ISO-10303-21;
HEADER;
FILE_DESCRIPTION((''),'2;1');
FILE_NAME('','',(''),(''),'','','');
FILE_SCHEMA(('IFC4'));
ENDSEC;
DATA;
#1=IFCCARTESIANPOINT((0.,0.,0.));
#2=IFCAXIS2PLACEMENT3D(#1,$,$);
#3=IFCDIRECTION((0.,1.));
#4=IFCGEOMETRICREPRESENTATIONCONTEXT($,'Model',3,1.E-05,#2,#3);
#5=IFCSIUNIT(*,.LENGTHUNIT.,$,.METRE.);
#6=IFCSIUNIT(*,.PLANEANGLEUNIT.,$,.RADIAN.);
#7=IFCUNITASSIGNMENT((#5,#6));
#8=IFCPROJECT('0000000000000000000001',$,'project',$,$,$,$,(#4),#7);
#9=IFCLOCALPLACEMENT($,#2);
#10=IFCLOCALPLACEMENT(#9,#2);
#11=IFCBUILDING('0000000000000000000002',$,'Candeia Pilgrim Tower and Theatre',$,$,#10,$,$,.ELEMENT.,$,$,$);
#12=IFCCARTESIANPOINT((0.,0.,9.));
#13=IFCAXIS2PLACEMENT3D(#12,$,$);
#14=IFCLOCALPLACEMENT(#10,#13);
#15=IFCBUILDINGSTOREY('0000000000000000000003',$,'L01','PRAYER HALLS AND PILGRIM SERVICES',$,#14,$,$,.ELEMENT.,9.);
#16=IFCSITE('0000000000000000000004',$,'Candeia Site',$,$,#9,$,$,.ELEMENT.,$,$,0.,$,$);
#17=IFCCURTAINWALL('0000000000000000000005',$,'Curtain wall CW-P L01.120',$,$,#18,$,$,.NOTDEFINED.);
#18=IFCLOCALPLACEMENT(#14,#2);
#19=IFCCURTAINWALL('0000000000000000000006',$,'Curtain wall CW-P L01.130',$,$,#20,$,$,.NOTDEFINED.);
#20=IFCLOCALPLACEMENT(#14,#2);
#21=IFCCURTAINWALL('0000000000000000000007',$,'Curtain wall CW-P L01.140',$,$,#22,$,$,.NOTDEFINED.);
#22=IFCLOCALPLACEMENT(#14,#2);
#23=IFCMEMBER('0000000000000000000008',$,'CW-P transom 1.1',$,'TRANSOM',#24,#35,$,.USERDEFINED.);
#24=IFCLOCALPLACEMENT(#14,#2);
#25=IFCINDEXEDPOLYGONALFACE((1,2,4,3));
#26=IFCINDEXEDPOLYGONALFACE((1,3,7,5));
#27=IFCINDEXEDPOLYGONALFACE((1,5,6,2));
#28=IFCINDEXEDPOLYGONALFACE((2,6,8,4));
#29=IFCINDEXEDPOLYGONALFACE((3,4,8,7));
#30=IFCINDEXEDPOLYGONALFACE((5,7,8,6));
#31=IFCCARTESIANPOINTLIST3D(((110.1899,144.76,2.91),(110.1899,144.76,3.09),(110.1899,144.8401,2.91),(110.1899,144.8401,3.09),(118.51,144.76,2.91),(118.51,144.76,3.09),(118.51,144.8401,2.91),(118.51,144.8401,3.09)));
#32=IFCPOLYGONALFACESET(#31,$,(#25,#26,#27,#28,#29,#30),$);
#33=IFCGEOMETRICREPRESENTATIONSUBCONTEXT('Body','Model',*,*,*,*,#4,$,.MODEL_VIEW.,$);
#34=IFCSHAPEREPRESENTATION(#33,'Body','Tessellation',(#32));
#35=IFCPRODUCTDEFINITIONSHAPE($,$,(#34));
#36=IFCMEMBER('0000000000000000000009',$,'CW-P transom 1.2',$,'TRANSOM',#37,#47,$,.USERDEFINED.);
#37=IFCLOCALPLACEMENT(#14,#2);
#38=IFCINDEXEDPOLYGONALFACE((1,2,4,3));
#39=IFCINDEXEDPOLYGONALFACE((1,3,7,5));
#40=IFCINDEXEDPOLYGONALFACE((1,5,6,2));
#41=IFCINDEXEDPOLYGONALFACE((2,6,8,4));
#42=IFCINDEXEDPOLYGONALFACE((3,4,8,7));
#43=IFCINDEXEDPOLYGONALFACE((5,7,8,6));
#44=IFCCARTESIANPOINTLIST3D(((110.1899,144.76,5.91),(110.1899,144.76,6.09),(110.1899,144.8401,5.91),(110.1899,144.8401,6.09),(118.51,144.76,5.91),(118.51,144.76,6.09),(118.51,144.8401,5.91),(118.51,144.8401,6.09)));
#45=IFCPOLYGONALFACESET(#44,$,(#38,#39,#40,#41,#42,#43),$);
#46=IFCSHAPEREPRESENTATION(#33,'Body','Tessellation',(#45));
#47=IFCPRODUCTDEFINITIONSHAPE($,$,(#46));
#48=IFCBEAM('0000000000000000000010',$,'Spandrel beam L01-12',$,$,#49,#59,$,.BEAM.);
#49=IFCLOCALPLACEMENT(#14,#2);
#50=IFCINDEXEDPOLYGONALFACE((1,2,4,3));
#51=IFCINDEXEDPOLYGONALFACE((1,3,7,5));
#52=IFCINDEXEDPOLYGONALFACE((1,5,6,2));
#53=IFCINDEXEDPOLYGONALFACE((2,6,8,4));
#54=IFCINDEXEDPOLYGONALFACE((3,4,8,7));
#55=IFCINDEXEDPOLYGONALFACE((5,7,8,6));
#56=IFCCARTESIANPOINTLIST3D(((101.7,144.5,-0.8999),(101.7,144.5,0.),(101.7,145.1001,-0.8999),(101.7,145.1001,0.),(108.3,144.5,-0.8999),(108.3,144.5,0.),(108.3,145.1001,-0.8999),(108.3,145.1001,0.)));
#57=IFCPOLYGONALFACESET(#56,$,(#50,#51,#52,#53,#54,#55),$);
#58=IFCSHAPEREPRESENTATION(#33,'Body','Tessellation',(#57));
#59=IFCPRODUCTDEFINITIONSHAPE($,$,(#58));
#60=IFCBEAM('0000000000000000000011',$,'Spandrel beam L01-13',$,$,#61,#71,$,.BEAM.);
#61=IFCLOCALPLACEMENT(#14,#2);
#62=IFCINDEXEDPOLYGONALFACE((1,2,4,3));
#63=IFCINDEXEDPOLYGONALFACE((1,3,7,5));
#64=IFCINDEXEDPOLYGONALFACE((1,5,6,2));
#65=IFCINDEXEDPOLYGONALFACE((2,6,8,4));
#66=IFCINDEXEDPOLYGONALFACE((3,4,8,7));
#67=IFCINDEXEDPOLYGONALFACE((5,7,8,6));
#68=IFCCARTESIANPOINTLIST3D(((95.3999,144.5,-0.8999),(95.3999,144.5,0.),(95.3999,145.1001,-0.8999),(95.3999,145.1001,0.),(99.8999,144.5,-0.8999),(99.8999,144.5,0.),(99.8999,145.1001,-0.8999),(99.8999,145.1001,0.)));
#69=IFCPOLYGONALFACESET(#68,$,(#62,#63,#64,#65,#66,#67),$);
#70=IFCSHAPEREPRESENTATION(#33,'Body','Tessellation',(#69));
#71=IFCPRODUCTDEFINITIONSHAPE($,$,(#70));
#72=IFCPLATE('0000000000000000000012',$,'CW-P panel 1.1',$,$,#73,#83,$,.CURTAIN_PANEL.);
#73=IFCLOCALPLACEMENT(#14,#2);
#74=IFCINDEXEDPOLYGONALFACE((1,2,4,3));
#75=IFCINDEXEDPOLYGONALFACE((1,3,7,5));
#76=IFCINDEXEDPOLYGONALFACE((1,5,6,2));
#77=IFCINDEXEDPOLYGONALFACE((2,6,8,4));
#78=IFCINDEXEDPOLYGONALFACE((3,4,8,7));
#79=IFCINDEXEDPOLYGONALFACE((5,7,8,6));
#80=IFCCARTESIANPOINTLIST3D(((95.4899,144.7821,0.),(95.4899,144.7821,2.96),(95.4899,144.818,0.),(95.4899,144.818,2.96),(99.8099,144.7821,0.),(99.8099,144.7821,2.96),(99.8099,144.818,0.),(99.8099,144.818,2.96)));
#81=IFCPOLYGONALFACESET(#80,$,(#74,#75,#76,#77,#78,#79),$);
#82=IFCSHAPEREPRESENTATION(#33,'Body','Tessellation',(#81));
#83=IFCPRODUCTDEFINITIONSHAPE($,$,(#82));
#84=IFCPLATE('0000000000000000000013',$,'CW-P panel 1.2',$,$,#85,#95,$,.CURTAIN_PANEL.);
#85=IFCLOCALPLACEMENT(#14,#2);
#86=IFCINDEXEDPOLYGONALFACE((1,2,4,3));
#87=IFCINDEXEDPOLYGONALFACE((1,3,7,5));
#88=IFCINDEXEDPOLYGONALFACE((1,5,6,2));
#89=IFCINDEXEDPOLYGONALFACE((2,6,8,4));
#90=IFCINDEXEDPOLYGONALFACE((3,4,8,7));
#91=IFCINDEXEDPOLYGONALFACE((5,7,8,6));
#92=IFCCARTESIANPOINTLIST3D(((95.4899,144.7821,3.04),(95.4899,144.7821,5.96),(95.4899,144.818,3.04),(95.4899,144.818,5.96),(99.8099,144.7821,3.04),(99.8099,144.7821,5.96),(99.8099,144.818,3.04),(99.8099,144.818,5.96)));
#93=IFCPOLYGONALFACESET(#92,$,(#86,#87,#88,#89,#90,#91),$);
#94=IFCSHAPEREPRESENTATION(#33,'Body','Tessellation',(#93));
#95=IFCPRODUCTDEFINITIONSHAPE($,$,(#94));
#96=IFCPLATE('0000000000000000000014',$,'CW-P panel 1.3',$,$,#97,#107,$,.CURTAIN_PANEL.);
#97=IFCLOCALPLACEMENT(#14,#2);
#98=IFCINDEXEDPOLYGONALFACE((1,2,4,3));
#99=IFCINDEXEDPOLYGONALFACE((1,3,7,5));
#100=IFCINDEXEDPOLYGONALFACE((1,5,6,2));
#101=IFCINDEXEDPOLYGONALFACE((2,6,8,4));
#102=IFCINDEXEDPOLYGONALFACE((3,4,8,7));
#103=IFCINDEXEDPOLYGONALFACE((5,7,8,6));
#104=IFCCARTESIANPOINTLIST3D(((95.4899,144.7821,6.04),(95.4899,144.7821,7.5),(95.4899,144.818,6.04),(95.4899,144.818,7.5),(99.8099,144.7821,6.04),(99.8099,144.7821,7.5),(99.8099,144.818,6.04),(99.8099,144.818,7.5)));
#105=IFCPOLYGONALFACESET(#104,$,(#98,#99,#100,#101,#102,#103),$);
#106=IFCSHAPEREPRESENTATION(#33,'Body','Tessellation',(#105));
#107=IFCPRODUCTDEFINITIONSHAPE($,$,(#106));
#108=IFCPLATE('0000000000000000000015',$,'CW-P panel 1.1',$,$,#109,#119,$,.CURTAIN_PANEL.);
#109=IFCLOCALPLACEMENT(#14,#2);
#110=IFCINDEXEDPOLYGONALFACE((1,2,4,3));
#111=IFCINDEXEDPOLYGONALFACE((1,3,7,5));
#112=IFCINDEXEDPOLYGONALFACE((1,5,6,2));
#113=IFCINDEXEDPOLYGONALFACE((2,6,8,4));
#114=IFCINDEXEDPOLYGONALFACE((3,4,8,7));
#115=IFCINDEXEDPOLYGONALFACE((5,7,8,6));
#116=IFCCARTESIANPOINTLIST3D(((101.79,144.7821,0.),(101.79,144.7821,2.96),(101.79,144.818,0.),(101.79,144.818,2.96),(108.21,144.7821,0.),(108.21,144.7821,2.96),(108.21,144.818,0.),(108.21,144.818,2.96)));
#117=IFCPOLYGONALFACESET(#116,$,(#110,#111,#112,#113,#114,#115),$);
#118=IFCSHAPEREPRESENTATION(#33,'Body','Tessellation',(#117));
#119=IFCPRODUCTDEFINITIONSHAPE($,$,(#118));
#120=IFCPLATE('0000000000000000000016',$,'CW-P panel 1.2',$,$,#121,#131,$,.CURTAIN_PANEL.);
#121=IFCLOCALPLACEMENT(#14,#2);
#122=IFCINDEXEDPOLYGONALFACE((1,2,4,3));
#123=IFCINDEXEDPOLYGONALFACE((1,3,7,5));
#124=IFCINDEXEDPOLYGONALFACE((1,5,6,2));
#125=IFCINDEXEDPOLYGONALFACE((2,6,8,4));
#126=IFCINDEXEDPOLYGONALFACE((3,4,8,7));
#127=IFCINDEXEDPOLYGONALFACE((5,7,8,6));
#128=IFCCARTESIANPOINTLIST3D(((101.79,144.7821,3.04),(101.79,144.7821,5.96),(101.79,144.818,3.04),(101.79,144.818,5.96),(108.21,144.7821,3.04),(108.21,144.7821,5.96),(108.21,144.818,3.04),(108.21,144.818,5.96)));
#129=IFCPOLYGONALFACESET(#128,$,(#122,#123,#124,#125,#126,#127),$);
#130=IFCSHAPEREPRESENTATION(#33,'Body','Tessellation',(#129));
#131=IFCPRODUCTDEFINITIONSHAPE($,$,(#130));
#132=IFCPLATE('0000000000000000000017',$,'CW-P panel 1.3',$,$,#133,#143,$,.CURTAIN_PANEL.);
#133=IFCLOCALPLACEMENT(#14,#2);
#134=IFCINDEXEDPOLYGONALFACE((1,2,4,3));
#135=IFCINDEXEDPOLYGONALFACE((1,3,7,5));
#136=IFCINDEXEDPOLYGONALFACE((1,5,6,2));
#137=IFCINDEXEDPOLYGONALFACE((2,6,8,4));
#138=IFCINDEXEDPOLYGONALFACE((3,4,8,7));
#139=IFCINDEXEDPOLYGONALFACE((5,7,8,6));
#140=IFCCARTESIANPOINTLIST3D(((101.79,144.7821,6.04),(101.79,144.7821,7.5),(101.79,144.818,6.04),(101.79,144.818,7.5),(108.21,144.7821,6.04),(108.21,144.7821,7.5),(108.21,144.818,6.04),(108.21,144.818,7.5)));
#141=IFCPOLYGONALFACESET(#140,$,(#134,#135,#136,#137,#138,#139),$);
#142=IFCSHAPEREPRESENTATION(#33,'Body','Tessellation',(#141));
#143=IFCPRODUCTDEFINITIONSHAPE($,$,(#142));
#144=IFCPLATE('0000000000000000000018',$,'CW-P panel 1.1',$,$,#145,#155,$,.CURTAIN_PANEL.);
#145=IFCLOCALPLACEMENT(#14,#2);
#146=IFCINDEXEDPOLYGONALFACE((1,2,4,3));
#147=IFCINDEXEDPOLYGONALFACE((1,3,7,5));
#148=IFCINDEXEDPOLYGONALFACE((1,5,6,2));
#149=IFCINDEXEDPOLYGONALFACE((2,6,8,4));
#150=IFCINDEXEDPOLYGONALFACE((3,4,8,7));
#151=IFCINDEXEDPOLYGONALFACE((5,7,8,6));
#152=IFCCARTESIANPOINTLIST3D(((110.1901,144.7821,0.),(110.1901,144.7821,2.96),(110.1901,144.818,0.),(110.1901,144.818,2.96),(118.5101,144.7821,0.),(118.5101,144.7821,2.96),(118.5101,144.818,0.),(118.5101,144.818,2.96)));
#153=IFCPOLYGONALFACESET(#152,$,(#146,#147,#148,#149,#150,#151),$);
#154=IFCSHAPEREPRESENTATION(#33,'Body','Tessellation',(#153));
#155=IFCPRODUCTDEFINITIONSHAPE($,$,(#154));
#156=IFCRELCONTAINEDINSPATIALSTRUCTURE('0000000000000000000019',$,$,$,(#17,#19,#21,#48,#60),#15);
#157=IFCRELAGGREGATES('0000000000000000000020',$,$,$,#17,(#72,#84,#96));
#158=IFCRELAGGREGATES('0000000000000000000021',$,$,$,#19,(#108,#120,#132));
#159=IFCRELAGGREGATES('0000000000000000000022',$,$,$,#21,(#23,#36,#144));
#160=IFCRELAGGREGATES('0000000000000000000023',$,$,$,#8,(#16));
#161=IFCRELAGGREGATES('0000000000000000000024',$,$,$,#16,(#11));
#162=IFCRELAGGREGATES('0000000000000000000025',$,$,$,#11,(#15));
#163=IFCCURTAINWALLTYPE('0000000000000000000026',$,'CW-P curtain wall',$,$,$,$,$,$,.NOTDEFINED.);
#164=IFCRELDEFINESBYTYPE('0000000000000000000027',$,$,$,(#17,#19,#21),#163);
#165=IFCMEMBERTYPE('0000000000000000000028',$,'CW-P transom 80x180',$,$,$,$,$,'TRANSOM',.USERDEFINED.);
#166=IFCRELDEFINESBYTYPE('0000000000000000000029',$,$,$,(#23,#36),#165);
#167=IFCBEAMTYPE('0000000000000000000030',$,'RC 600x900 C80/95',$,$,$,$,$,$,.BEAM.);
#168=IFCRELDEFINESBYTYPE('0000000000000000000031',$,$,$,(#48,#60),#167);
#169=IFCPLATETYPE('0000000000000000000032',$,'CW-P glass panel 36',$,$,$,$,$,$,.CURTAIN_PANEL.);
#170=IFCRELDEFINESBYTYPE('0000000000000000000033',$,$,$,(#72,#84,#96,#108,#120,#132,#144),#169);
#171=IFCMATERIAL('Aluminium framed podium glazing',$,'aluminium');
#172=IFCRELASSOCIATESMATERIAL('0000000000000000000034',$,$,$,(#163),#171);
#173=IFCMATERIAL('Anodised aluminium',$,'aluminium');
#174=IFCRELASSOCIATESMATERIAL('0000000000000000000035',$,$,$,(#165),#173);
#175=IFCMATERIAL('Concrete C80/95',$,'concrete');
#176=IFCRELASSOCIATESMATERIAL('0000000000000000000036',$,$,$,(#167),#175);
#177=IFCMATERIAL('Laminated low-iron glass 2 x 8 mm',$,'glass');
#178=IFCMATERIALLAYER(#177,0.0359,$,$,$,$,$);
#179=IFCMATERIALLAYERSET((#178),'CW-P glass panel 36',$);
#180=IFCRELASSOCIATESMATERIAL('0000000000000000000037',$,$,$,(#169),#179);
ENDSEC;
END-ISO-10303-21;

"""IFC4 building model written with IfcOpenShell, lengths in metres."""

from ifc_helpers import new_model, si_unit, direction, frame, origin, origin_2d, place, context, subcontext, project, spatial, rectangle, extrude, material, layer, layer_set, material_profile, profile_set, type_object, element, aggregate, save


model = new_model("IFC4")

# Units and contexts
model_context = context("Model", 3, precision=1e-05, world=origin(), true_north=direction((0.0, 1.0)))
body_context = subcontext(model_context, "Body", "Model", "MODEL_VIEW")
ifc_project = project(units=[si_unit("LENGTHUNIT", "METRE"), si_unit("PLANEANGLEUNIT", "RADIAN")], contexts=[model_context])

# Site, building, storey
site_placement = place(None, origin())
site = spatial("IfcSite", under=ifc_project, at=site_placement, Name="Candeia Site", CompositionType="ELEMENT", RefElevation=0.0)
building_placement = place(site_placement, origin())
building = spatial("IfcBuilding", under=site, at=building_placement, Name="Candeia Pilgrim Tower and Theatre", CompositionType="ELEMENT")
storey_placement = place(building_placement, frame((0.0, 0.0, 9.0)))
storey = spatial("IfcBuildingStorey", under=building, at=storey_placement, Name="L01", Description="PRAYER HALLS AND PILGRIM SERVICES", CompositionType="ELEMENT", Elevation=9.0)

# Shared definitions
ifc_material_1 = material(Name="Concrete C80/95", Category="concrete")

# Curtain wall
ifc_material_2 = material(Name="Aluminium framed podium glazing", Category="aluminium")
curtain_wall_type = type_object("IfcCurtainWallType", Name="CW-P curtain wall", PredefinedType="NOTDEFINED", material=ifc_material_2)
curtain_wall_1_placement = place(storey_placement, origin())
curtain_wall_1 = element("IfcCurtainWall", 1, at=curtain_wall_1_placement, inside=storey, type_object=curtain_wall_type, Name="Curtain wall CW-P L01.120", PredefinedType="NOTDEFINED")
ifc_material_3 = material(Name="Anodised aluminium", Category="aluminium")

# Curtain wall
curtain_wall_2_placement = place(storey_placement, origin())
curtain_wall_2 = element("IfcCurtainWall", 2, at=curtain_wall_2_placement, inside=storey, type_object=curtain_wall_type, Name="Curtain wall CW-P L01.130", PredefinedType="NOTDEFINED")

# Curtain wall
curtain_wall_3_placement = place(storey_placement, origin())
curtain_wall_3 = element("IfcCurtainWall", 3, at=curtain_wall_3_placement, inside=storey, type_object=curtain_wall_type, Name="Curtain wall CW-P L01.140", PredefinedType="NOTDEFINED")

# Members
ifc_material_profile_1 = material_profile(ifc_material_3, rectangle(XDim=0.0801, YDim=0.1799, at=origin_2d()))
ifc_profile_set_1 = profile_set([ifc_material_profile_1], Name="Anodised aluminium")
member_type_1 = type_object("IfcMemberType", Name="CW-P transom 80x180", ElementType="TRANSOM", PredefinedType="USERDEFINED", material=ifc_profile_set_1)
member_1_placement = place(storey_placement, frame((110.1899, 144.8, 3.0), z_axis=(1.0, 0.0, 0.0), x_axis=(0.0, 1.0, 0.0)))
member_1 = element("IfcMember", 4, at=member_1_placement, type_object=member_type_1, Name="CW-P transom 1.1", ObjectType="TRANSOM", PredefinedType="USERDEFINED", context=body_context, shape_type="SweptSolid", body=[
    extrude(rectangle(XDim=0.0801, YDim=0.1799, at=origin_2d()), origin(), (0.0, 0.0, 1.0), 8.3201),
])
member_2_placement = place(storey_placement, frame((110.1899, 144.8, 6.0), z_axis=(1.0, 0.0, 0.0), x_axis=(0.0, 1.0, 0.0)))
member_2 = element("IfcMember", 5, at=member_2_placement, type_object=member_type_1, Name="CW-P transom 1.2", ObjectType="TRANSOM", PredefinedType="USERDEFINED", context=body_context, shape_type="SweptSolid", body=[
    extrude(rectangle(XDim=0.0801, YDim=0.1799, at=origin_2d()), origin(), (0.0, 0.0, 1.0), 8.3201),
])

# Beams
ifc_material_profile_2 = material_profile(ifc_material_1, rectangle(XDim=0.6001, YDim=0.8999, at=origin_2d()))
ifc_profile_set_2 = profile_set([ifc_material_profile_2], Name="Concrete C80/95")
beam_type = type_object("IfcBeamType", Name="RC 600x900 C80/95", PredefinedType="BEAM", material=ifc_profile_set_2)
beam_1_placement = place(storey_placement, frame((108.3, 144.8, -0.45), z_axis=(-1.0, 0.0, 0.0), x_axis=(0.0, -1.0, 0.0)))
element("IfcBeam", 6, at=beam_1_placement, inside=storey, type_object=beam_type, Name="Spandrel beam L01-12", PredefinedType="BEAM", context=body_context, shape_type="SweptSolid", body=[
    extrude(rectangle(XDim=0.6001, YDim=0.8999, at=origin_2d()), origin(), (0.0, 0.0, 1.0), 6.6001),
])
beam_2_placement = place(storey_placement, frame((99.8999, 144.8, -0.45), z_axis=(-1.0, 0.0, 0.0), x_axis=(0.0, -1.0, 0.0)))
element("IfcBeam", 7, at=beam_2_placement, inside=storey, type_object=beam_type, Name="Spandrel beam L01-13", PredefinedType="BEAM", context=body_context, shape_type="SweptSolid", body=[
    extrude(rectangle(XDim=0.6001, YDim=0.8999, at=origin_2d()), origin(), (0.0, 0.0, 1.0), 4.5),
])

# Plates
ifc_material_4 = material(Name="Laminated low-iron glass 2 x 8 mm", Category="glass")
ifc_layer = layer(ifc_material_4, 0.0359)
ifc_layer_set = layer_set([ifc_layer], Name="CW-P glass panel 36")
plate_type = type_object("IfcPlateType", Name="CW-P glass panel 36", PredefinedType="CURTAIN_PANEL", material=ifc_layer_set)
plate_1_placement = place(storey_placement, frame((97.6499, 144.8, 0.0), z_axis=(0.0, 0.0, 1.0), x_axis=(1.0, 0.0, 0.0)))
plate_1 = element("IfcPlate", 8, at=plate_1_placement, type_object=plate_type, Name="CW-P panel 1.1", PredefinedType="CURTAIN_PANEL", context=body_context, shape_type="SweptSolid", body=[
    extrude(rectangle(XDim=4.3201, YDim=0.0359, at=origin_2d()), origin(), (0.0, 0.0, 1.0), 2.96),
])
plate_2_placement = place(storey_placement, frame((97.6499, 144.8, 3.04), z_axis=(0.0, 0.0, 1.0), x_axis=(1.0, 0.0, 0.0)))
plate_2 = element("IfcPlate", 9, at=plate_2_placement, type_object=plate_type, Name="CW-P panel 1.2", PredefinedType="CURTAIN_PANEL", context=body_context, shape_type="SweptSolid", body=[
    extrude(rectangle(XDim=4.3201, YDim=0.0359, at=origin_2d()), origin(), (0.0, 0.0, 1.0), 2.9199),
])
plate_3_placement = place(storey_placement, frame((97.6499, 144.8, 6.04), z_axis=(0.0, 0.0, 1.0), x_axis=(1.0, 0.0, 0.0)))
plate_3 = element("IfcPlate", 10, at=plate_3_placement, type_object=plate_type, Name="CW-P panel 1.3", PredefinedType="CURTAIN_PANEL", context=body_context, shape_type="SweptSolid", body=[
    extrude(rectangle(XDim=4.3201, YDim=0.0359, at=origin_2d()), origin(), (0.0, 0.0, 1.0), 1.46),
])
aggregate(curtain_wall_1, [plate_1, plate_2, plate_3])
plate_4_placement = place(storey_placement, frame((105.0, 144.8, 0.0), z_axis=(0.0, 0.0, 1.0), x_axis=(1.0, 0.0, 0.0)))
plate_4 = element("IfcPlate", 11, at=plate_4_placement, type_object=plate_type, Name="CW-P panel 1.1", PredefinedType="CURTAIN_PANEL", context=body_context, shape_type="SweptSolid", body=[
    extrude(rectangle(XDim=6.4199, YDim=0.0359, at=origin_2d()), origin(), (0.0, 0.0, 1.0), 2.96),
])
plate_5_placement = place(storey_placement, frame((105.0, 144.8, 3.04), z_axis=(0.0, 0.0, 1.0), x_axis=(1.0, 0.0, 0.0)))
plate_5 = element("IfcPlate", 12, at=plate_5_placement, type_object=plate_type, Name="CW-P panel 1.2", PredefinedType="CURTAIN_PANEL", context=body_context, shape_type="SweptSolid", body=[
    extrude(rectangle(XDim=6.4199, YDim=0.0359, at=origin_2d()), origin(), (0.0, 0.0, 1.0), 2.9199),
])
plate_6_placement = place(storey_placement, frame((105.0, 144.8, 6.04), z_axis=(0.0, 0.0, 1.0), x_axis=(1.0, 0.0, 0.0)))
plate_6 = element("IfcPlate", 13, at=plate_6_placement, type_object=plate_type, Name="CW-P panel 1.3", PredefinedType="CURTAIN_PANEL", context=body_context, shape_type="SweptSolid", body=[
    extrude(rectangle(XDim=6.4199, YDim=0.0359, at=origin_2d()), origin(), (0.0, 0.0, 1.0), 1.46),
])
aggregate(curtain_wall_2, [plate_4, plate_5, plate_6])
plate_7_placement = place(storey_placement, frame((114.3501, 144.8, 0.0), z_axis=(0.0, 0.0, 1.0), x_axis=(1.0, 0.0, 0.0)))
plate_7 = element("IfcPlate", 14, at=plate_7_placement, type_object=plate_type, Name="CW-P panel 1.1", PredefinedType="CURTAIN_PANEL", context=body_context, shape_type="SweptSolid", body=[
    extrude(rectangle(XDim=8.3201, YDim=0.0359, at=origin_2d()), origin(), (0.0, 0.0, 1.0), 2.96),
])
aggregate(curtain_wall_3, [member_1, member_2, plate_7])

save(model, "model.ifc")
